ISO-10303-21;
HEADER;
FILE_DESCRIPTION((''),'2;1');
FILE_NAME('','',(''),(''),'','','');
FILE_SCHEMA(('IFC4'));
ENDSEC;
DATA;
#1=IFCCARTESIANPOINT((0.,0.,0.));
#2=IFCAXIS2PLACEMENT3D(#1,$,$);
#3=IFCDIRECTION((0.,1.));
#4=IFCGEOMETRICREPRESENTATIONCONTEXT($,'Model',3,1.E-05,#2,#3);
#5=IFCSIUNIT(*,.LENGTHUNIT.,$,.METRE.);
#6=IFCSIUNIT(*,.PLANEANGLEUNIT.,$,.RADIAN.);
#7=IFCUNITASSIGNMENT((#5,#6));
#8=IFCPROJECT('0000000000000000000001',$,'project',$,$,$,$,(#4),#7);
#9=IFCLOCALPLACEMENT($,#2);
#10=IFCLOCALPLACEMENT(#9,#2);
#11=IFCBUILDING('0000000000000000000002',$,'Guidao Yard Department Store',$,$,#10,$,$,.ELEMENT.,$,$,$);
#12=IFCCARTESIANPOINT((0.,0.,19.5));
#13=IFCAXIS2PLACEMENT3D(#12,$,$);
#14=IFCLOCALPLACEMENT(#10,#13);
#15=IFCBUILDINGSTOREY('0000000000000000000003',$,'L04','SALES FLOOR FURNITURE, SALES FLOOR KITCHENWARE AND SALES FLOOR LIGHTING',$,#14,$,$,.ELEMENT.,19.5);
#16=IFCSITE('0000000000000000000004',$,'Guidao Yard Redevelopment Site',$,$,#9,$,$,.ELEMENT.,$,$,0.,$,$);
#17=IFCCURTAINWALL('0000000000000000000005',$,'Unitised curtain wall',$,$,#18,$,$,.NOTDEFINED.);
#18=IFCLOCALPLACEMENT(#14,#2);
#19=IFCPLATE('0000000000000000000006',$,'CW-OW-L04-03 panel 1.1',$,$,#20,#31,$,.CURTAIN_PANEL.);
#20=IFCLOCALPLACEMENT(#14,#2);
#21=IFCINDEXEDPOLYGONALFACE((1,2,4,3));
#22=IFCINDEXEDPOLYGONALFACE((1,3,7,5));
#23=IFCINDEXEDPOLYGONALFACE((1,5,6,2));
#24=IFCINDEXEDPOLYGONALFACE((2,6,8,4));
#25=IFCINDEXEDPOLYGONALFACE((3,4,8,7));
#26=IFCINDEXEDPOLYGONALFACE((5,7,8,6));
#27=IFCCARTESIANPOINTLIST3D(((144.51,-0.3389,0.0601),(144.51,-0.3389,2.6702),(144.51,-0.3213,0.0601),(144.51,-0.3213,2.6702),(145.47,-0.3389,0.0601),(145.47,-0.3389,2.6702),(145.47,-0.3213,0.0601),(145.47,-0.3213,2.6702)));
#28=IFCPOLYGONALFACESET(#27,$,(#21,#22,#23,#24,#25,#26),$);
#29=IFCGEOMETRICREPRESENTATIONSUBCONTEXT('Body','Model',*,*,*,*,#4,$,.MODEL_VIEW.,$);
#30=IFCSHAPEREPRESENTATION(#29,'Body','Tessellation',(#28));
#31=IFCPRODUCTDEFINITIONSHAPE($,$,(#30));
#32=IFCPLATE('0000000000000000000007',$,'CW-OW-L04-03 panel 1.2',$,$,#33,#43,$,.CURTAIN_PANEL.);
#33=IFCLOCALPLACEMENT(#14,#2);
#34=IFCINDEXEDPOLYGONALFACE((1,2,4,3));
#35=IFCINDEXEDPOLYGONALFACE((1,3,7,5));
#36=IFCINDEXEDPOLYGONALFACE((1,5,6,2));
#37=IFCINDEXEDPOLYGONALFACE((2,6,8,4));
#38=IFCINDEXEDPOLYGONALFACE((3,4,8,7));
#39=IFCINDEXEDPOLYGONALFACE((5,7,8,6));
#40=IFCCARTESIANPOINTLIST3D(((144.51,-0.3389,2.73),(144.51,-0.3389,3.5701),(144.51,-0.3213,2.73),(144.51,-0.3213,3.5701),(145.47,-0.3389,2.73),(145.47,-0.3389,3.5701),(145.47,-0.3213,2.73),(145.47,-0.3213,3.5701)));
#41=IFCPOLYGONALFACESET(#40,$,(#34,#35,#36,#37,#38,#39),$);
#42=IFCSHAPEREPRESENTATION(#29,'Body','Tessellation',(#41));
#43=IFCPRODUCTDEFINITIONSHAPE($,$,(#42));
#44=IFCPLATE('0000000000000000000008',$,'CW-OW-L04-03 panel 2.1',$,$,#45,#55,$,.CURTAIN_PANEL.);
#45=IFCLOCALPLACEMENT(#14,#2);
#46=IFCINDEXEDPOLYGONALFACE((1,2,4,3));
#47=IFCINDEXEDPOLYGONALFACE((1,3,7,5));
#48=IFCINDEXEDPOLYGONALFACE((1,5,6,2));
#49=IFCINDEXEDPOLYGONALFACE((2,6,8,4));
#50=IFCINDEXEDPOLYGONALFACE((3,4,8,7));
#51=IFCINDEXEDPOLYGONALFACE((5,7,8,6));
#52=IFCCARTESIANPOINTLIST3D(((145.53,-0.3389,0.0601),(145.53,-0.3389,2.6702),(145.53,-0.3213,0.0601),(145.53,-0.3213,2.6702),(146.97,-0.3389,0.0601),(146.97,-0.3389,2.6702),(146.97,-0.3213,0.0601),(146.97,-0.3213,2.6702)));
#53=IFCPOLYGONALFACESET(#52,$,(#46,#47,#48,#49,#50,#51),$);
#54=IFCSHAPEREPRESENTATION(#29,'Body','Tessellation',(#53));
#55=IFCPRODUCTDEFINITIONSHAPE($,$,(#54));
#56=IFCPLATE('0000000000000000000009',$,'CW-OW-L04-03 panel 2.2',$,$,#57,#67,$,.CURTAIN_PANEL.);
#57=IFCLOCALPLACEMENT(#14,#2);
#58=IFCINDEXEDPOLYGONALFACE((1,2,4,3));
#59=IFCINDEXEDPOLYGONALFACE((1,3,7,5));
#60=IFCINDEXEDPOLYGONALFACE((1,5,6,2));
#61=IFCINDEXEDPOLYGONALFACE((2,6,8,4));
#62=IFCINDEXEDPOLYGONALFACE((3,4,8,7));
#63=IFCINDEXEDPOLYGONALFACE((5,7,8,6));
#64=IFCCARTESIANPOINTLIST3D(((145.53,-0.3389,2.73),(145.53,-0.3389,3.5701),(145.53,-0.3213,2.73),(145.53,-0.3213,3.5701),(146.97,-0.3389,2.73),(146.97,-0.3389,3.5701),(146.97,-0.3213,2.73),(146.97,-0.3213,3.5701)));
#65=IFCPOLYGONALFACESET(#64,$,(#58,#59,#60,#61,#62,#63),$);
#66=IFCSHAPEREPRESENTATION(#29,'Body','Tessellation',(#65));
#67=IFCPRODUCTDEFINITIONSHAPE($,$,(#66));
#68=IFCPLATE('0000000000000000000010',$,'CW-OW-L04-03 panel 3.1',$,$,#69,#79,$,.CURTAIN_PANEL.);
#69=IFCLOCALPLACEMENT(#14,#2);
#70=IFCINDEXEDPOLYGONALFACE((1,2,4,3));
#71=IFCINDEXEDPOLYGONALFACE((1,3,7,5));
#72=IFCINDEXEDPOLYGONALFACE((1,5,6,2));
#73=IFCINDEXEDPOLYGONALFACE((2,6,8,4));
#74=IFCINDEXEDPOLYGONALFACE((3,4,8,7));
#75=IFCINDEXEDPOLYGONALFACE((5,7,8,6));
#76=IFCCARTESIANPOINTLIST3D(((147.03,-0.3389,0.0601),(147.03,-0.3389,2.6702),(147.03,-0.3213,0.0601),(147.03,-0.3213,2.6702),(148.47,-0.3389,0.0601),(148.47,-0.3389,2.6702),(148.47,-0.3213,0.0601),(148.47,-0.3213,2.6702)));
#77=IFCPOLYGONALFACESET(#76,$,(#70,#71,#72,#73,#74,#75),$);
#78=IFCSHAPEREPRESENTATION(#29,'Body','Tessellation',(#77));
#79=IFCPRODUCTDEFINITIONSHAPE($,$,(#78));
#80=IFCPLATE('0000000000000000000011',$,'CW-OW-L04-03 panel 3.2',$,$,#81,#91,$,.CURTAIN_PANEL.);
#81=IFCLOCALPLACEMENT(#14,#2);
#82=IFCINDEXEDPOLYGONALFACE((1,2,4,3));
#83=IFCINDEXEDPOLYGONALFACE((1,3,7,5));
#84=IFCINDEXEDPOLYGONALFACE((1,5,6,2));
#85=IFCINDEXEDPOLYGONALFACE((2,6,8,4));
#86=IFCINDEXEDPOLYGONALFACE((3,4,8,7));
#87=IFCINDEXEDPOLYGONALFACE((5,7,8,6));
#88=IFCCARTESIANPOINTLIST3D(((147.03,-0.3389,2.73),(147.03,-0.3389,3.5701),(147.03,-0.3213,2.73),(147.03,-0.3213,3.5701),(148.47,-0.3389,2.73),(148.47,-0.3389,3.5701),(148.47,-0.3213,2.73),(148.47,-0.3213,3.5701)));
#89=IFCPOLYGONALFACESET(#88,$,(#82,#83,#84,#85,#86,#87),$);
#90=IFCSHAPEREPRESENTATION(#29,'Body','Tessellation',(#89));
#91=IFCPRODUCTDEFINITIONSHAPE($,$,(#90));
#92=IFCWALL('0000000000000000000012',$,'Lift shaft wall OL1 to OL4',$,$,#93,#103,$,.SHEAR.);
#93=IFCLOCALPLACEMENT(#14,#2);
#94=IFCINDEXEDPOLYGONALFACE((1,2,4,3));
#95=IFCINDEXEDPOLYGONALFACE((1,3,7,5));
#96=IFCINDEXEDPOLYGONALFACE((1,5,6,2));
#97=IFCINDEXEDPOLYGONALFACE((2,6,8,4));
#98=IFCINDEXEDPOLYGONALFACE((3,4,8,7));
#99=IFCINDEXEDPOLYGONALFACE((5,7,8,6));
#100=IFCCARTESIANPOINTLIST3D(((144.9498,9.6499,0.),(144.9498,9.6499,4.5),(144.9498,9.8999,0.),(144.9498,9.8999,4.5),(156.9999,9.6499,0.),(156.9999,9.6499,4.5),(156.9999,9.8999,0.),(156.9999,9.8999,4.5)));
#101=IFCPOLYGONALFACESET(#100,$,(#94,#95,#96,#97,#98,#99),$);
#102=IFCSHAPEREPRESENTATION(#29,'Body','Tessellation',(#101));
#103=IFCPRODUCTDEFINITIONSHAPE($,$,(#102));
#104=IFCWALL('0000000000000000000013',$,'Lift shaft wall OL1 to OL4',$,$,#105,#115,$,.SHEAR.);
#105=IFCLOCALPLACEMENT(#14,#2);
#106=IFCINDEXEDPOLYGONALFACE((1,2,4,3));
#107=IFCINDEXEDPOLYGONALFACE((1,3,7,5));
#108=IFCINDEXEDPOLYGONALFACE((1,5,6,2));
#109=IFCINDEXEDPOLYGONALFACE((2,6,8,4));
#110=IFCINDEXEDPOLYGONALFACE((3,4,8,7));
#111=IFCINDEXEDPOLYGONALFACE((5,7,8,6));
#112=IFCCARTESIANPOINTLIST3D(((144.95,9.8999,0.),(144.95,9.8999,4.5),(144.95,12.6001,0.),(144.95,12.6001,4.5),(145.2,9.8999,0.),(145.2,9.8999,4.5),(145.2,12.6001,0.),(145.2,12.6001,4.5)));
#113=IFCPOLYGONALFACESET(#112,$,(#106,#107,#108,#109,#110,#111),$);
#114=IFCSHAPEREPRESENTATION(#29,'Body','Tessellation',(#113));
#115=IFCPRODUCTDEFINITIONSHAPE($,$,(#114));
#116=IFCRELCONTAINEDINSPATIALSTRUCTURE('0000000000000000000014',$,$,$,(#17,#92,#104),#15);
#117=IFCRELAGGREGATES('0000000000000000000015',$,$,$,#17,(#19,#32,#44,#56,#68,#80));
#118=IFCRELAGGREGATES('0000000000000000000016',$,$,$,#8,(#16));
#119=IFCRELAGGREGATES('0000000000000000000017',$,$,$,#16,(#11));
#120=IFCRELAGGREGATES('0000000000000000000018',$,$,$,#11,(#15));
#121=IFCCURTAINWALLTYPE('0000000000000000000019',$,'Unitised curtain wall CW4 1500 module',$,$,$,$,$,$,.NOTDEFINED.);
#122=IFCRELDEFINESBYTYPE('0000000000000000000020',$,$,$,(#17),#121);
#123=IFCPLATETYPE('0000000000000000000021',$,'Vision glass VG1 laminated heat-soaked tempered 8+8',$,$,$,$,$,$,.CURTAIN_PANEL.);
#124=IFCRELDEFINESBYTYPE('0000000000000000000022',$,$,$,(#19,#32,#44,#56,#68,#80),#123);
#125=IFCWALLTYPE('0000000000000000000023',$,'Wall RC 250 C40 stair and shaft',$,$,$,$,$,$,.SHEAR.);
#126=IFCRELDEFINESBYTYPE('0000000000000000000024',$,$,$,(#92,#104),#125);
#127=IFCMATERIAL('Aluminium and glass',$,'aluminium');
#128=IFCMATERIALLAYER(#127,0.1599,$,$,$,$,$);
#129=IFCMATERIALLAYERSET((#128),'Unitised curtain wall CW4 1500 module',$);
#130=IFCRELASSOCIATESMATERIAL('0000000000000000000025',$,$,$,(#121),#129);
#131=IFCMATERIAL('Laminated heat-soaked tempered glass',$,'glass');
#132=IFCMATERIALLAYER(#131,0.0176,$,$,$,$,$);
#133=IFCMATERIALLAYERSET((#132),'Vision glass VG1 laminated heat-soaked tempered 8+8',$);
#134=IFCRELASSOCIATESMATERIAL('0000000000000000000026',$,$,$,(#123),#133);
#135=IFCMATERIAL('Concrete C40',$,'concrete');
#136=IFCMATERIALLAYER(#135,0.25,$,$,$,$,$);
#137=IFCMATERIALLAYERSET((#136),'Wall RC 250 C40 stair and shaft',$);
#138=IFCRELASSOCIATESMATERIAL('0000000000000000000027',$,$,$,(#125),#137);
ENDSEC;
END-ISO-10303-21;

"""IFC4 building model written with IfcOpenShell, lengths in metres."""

from ifc_helpers import new_model, si_unit, direction, frame, frame_2d, origin, origin_2d, place, context, subcontext, project, spatial, rectangle, extrude, material, layer, layer_set, type_object, element, aggregate, save


model = new_model("IFC4")

# Units and contexts
model_context = context("Model", 3, precision=1e-05, world=origin(), true_north=direction((0.0, 1.0)))
body_context = subcontext(model_context, "Body", "Model", "MODEL_VIEW")
ifc_project = project(units=[si_unit("LENGTHUNIT", "METRE"), si_unit("PLANEANGLEUNIT", "RADIAN")], contexts=[model_context])

# Site, building, storey
site_placement = place(None, origin())
site = spatial("IfcSite", under=ifc_project, at=site_placement, Name="Guidao Yard Redevelopment Site", CompositionType="ELEMENT", RefElevation=0.0)
building_placement = place(site_placement, origin())
building = spatial("IfcBuilding", under=site, at=building_placement, Name="Guidao Yard Department Store", CompositionType="ELEMENT")
storey_placement = place(building_placement, frame((0.0, 0.0, 19.5)))
storey = spatial("IfcBuildingStorey", under=building, at=storey_placement, Name="L04", Description="SALES FLOOR FURNITURE, SALES FLOOR KITCHENWARE AND SALES FLOOR LIGHTING", CompositionType="ELEMENT", Elevation=19.5)

# Curtain wall
ifc_material_1 = material(Name="Aluminium and glass", Category="aluminium")
ifc_layer_1 = layer(ifc_material_1, 0.1599)
ifc_layer_set_1 = layer_set([ifc_layer_1], Name="Unitised curtain wall CW4 1500 module")
curtain_wall_type = type_object("IfcCurtainWallType", Name="Unitised curtain wall CW4 1500 module", PredefinedType="NOTDEFINED", material=ifc_layer_set_1)
curtain_wall_placement = place(storey_placement, origin())
curtain_wall = element("IfcCurtainWall", 1, at=curtain_wall_placement, inside=storey, type_object=curtain_wall_type, Name="Unitised curtain wall", PredefinedType="NOTDEFINED")

# Plates
ifc_material_2 = material(Name="Laminated heat-soaked tempered glass", Category="glass")
ifc_layer_2 = layer(ifc_material_2, 0.0176)
ifc_layer_set_2 = layer_set([ifc_layer_2], Name="Vision glass VG1 laminated heat-soaked tempered 8+8")
plate_type_1 = type_object("IfcPlateType", Name="Vision glass VG1 laminated heat-soaked tempered 8+8", PredefinedType="CURTAIN_PANEL", material=ifc_layer_set_2)
plate_1_placement = place(storey_placement, frame((144.99, -0.3301, 0.0601), z_axis=(0.0, 0.0, 1.0), x_axis=(-1.0, 0.0, 0.0)))
plate_1 = element("IfcPlate", 2, at=plate_1_placement, type_object=plate_type_1, Name="CW-OW-L04-03 panel 1.1", PredefinedType="CURTAIN_PANEL", context=body_context, shape_type="SweptSolid", body=[
    extrude(rectangle(XDim=0.96, YDim=0.0176, at=origin_2d()), origin(), (0.0, 0.0, 1.0), 2.6101),
])
plate_2_placement = place(storey_placement, frame((144.99, -0.3301, 2.73), z_axis=(0.0, 0.0, 1.0), x_axis=(-1.0, 0.0, 0.0)))
plate_2 = element("IfcPlate", 3, at=plate_2_placement, type_object=plate_type_1, Name="CW-OW-L04-03 panel 1.2", PredefinedType="CURTAIN_PANEL", context=body_context, shape_type="SweptSolid", body=[
    extrude(rectangle(XDim=0.96, YDim=0.0176, at=origin_2d()), origin(), (0.0, 0.0, 1.0), 0.8401),
])
plate_3_placement = place(storey_placement, frame((146.25, -0.3301, 0.0601), z_axis=(0.0, 0.0, 1.0), x_axis=(-1.0, 0.0, 0.0)))
plate_3 = element("IfcPlate", 4, at=plate_3_placement, type_object=plate_type_1, Name="CW-OW-L04-03 panel 2.1", PredefinedType="CURTAIN_PANEL", context=body_context, shape_type="SweptSolid", body=[
    extrude(rectangle(XDim=1.4399, YDim=0.0176, at=origin_2d()), origin(), (0.0, 0.0, 1.0), 2.6101),
])
plate_4_placement = place(storey_placement, frame((146.25, -0.3301, 2.73), z_axis=(0.0, 0.0, 1.0), x_axis=(-1.0, 0.0, 0.0)))
plate_4 = element("IfcPlate", 5, at=plate_4_placement, type_object=plate_type_1, Name="CW-OW-L04-03 panel 2.2", PredefinedType="CURTAIN_PANEL", context=body_context, shape_type="SweptSolid", body=[
    extrude(rectangle(XDim=1.4399, YDim=0.0176, at=origin_2d()), origin(), (0.0, 0.0, 1.0), 0.8401),
])
plate_5_placement = place(storey_placement, frame((147.75, -0.3301, 0.0601), z_axis=(0.0, 0.0, 1.0), x_axis=(-1.0, 0.0, 0.0)))
plate_5 = element("IfcPlate", 6, at=plate_5_placement, type_object=plate_type_1, Name="CW-OW-L04-03 panel 3.1", PredefinedType="CURTAIN_PANEL", context=body_context, shape_type="SweptSolid", body=[
    extrude(rectangle(XDim=1.4399, YDim=0.0176, at=origin_2d()), origin(), (0.0, 0.0, 1.0), 2.6101),
])
plate_6_placement = place(storey_placement, frame((147.75, -0.3301, 2.73), z_axis=(0.0, 0.0, 1.0), x_axis=(-1.0, 0.0, 0.0)))
plate_6 = element("IfcPlate", 7, at=plate_6_placement, type_object=plate_type_1, Name="CW-OW-L04-03 panel 3.2", PredefinedType="CURTAIN_PANEL", context=body_context, shape_type="SweptSolid", body=[
    extrude(rectangle(XDim=1.4399, YDim=0.0176, at=origin_2d()), origin(), (0.0, 0.0, 1.0), 0.8401),
])
aggregate(curtain_wall, [plate_1, plate_2, plate_3, plate_4, plate_5, plate_6])

# Walls
ifc_material_3 = material(Name="Concrete C40", Category="concrete")
ifc_layer_3 = layer(ifc_material_3, 0.25)
ifc_layer_set_3 = layer_set([ifc_layer_3], Name="Wall RC 250 C40 stair and shaft")
wall_type = type_object("IfcWallType", Name="Wall RC 250 C40 stair and shaft", PredefinedType="SHEAR", material=ifc_layer_set_3)
wall_1_placement = place(storey_placement, frame((144.95, 9.7749, 0.0), z_axis=(0.0, 0.0, 1.0), x_axis=(1.0, 0.0, 0.0)))
element("IfcWall", 8, at=wall_1_placement, inside=storey, type_object=wall_type, Name="Lift shaft wall OL1 to OL4", PredefinedType="SHEAR", context=body_context, shape_type="SweptSolid", body=[
    extrude(rectangle(XDim=12.05, YDim=0.25, at=frame_2d((6.0249, 0.0))), origin(), (0.0, 0.0, 1.0), 4.5),
])
wall_2_placement = place(storey_placement, frame((145.075, 9.8999, 0.0), z_axis=(0.0, 0.0, 1.0), x_axis=(0.0, 1.0, 0.0)))
element("IfcWall", 9, at=wall_2_placement, inside=storey, type_object=wall_type, Name="Lift shaft wall OL1 to OL4", PredefinedType="SHEAR", context=body_context, shape_type="SweptSolid", body=[
    extrude(rectangle(XDim=2.7002, YDim=0.25, at=frame_2d((1.3501, 0.0))), origin(), (0.0, 0.0, 1.0), 4.5),
])

save(model, "model.ifc")
